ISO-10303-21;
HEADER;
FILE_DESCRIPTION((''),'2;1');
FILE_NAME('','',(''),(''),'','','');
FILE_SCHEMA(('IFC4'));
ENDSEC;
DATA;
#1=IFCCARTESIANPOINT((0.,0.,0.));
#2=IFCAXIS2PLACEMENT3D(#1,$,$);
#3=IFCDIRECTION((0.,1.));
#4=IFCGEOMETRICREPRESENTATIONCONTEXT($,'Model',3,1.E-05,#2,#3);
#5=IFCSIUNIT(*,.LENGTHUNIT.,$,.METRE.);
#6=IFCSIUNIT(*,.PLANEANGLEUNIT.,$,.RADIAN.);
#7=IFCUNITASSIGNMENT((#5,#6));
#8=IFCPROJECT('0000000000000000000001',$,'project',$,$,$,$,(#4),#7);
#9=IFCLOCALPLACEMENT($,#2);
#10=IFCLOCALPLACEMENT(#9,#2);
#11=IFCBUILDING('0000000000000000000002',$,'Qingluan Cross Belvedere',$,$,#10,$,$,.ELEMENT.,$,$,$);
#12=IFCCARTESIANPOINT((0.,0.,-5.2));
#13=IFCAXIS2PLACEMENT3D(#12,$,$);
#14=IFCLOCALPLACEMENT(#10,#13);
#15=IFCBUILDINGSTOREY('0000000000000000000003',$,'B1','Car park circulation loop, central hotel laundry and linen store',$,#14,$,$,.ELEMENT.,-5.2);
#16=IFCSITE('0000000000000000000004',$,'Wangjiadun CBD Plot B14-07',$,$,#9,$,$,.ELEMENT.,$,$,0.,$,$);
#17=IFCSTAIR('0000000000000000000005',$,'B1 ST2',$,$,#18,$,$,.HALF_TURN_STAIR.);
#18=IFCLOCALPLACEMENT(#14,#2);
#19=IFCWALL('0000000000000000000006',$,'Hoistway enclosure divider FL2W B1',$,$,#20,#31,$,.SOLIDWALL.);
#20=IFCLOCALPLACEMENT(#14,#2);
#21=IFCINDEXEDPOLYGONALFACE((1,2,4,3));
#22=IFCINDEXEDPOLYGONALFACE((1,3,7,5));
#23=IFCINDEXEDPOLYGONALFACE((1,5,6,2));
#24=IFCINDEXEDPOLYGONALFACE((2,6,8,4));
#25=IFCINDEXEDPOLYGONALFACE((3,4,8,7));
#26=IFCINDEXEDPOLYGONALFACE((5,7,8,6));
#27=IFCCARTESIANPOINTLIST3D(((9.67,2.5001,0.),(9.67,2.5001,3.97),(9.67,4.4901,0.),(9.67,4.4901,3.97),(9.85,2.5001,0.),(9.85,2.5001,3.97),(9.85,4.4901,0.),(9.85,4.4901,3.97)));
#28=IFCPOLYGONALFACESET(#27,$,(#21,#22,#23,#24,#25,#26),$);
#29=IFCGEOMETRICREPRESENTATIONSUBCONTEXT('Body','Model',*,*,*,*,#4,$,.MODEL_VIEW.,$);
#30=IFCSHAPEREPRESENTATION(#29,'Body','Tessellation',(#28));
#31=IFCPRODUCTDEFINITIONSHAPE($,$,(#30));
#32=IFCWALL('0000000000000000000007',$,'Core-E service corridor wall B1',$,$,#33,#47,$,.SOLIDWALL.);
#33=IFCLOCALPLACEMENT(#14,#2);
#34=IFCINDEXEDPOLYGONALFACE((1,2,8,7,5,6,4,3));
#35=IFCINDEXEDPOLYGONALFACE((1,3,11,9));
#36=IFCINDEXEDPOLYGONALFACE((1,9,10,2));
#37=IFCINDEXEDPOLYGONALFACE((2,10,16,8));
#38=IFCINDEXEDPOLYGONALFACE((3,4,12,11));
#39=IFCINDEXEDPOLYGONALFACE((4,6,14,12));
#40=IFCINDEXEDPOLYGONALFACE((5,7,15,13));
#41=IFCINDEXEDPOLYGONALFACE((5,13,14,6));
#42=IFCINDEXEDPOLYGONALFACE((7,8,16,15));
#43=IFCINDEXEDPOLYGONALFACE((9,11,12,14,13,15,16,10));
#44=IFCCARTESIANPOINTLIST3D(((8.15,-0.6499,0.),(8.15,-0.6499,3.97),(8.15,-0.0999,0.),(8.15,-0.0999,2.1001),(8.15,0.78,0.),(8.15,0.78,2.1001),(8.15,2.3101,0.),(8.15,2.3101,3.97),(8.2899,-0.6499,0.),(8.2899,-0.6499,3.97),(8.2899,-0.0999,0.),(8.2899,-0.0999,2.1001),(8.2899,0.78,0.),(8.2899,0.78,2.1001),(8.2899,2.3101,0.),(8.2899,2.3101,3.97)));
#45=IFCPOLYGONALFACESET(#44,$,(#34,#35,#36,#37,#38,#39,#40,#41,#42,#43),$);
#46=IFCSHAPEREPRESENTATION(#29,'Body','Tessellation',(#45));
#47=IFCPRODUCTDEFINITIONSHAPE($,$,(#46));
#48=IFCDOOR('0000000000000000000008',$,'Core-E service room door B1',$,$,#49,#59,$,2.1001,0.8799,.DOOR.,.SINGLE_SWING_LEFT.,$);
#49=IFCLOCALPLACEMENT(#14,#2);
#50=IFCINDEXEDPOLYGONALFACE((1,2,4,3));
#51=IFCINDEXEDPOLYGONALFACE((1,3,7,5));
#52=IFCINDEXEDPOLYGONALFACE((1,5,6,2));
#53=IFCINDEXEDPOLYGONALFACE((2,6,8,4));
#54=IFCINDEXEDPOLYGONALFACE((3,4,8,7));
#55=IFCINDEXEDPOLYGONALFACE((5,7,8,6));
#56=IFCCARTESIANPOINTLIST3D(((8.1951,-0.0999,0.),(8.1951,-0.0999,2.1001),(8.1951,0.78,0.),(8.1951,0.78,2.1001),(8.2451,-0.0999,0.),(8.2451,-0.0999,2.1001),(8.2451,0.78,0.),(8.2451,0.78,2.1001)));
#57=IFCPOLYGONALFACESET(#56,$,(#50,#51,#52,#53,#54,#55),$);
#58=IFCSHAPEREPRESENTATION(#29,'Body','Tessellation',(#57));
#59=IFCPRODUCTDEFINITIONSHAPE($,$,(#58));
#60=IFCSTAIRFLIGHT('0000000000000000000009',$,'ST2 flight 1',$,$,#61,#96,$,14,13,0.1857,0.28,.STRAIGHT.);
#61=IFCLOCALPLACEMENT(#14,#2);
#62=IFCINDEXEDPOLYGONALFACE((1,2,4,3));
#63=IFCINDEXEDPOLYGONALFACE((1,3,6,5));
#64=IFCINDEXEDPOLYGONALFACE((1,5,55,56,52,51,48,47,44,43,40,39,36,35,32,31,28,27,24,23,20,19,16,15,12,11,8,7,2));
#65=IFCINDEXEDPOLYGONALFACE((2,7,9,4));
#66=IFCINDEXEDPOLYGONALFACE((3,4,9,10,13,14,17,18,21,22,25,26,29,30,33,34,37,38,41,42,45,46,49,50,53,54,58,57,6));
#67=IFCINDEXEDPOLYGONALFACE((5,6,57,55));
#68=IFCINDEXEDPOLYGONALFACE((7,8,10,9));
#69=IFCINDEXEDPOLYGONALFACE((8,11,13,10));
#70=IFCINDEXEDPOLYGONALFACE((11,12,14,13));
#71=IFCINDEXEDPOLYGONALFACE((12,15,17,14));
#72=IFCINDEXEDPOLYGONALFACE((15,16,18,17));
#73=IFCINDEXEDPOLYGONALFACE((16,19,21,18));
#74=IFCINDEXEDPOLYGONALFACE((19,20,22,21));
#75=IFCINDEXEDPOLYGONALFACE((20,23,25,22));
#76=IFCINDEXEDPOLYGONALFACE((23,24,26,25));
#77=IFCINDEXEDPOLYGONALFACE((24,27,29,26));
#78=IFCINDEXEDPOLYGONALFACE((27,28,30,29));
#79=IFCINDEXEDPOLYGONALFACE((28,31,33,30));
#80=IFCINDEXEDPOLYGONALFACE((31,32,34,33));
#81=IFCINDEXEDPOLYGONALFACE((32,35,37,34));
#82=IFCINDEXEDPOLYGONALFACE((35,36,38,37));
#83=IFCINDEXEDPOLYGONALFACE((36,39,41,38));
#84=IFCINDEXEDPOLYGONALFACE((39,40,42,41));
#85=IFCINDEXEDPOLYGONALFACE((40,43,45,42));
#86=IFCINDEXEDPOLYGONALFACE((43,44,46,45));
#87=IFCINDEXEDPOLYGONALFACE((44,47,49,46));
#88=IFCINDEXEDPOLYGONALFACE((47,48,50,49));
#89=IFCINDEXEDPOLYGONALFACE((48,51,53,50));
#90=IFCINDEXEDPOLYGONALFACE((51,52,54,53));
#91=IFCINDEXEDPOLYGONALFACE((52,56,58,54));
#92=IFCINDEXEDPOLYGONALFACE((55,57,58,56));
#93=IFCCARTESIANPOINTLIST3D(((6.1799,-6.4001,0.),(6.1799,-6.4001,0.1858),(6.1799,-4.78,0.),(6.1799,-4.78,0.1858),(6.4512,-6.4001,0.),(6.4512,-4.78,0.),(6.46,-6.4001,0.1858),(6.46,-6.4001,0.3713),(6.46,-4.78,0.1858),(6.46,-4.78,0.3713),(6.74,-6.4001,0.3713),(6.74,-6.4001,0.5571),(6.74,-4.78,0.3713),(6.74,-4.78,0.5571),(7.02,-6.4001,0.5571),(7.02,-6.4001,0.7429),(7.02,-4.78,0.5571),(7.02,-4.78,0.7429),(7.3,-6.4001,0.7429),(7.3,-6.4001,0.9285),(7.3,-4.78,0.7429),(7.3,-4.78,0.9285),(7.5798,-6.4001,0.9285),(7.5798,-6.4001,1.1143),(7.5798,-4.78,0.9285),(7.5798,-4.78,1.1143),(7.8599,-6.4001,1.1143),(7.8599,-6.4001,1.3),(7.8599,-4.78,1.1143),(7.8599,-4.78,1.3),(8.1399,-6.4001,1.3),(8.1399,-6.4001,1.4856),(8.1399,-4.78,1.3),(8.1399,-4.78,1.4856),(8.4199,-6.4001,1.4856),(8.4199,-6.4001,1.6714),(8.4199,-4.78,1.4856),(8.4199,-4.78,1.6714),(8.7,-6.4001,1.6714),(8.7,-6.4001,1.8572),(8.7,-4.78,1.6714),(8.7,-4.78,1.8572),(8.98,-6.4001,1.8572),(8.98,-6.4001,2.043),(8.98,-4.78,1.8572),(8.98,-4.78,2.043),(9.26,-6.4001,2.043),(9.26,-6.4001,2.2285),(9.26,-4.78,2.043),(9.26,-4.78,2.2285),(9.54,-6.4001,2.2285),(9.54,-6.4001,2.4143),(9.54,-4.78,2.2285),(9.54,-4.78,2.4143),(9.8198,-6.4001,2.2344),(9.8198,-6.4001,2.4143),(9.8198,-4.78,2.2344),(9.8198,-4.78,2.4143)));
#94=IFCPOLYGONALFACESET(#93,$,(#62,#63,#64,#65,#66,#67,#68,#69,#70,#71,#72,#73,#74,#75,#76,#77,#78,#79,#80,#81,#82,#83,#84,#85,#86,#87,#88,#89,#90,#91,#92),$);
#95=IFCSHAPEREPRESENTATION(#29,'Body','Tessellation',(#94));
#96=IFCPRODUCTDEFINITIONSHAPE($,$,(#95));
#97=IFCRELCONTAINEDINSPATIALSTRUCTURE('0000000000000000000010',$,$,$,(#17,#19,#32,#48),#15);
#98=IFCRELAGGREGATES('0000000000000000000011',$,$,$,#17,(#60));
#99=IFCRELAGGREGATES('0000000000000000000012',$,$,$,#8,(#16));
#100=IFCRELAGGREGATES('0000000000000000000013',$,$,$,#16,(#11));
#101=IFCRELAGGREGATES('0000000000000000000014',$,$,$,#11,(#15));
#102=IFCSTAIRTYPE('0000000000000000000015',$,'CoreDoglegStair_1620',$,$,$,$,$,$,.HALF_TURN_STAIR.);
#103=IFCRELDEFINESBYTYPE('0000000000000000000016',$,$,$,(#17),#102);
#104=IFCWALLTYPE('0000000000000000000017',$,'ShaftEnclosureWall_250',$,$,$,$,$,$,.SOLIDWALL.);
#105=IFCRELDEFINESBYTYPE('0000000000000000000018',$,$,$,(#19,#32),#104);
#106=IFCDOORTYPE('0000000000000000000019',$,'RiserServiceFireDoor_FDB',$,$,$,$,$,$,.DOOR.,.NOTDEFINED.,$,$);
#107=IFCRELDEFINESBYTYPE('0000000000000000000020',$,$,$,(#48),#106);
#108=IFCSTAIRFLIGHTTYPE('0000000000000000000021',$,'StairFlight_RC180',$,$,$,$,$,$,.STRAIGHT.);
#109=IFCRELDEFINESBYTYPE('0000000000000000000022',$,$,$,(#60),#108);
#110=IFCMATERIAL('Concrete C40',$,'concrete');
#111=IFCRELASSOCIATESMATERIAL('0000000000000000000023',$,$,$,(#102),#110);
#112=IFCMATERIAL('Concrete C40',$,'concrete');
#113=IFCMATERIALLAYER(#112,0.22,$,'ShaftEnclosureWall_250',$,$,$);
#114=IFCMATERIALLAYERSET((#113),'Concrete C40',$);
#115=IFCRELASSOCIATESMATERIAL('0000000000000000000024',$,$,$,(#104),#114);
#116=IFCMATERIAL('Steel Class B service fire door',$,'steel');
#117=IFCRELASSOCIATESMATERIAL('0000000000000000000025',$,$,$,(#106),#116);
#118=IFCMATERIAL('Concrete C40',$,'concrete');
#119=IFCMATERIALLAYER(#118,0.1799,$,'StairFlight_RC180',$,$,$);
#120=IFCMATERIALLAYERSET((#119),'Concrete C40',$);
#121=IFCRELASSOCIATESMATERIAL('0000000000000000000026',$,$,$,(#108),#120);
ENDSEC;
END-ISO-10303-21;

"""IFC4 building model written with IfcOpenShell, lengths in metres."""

from ifc_helpers import new_model, si_unit, direction, frame, frame_2d, origin, place, context, subcontext, project, spatial, polyline, rectangle, outline, extrude, material, layer, layer_set, type_object, element, fill, aggregate, save


model = new_model("IFC4")

# Units and contexts
model_context = context("Model", 3, precision=1e-05, world=origin(), true_north=direction((0.0, 1.0)))
body_context = subcontext(model_context, "Body", "Model", "MODEL_VIEW")
ifc_project = project(units=[si_unit("LENGTHUNIT", "METRE"), si_unit("PLANEANGLEUNIT", "RADIAN")], contexts=[model_context])

# Site, building, storey
site_placement = place(None, origin())
site = spatial("IfcSite", under=ifc_project, at=site_placement, Name="Wangjiadun CBD Plot B14-07", CompositionType="ELEMENT", RefElevation=0.0)
building_placement = place(site_placement, origin())
building = spatial("IfcBuilding", under=site, at=building_placement, Name="Qingluan Cross Belvedere", CompositionType="ELEMENT")
storey_placement = place(building_placement, frame((0.0, 0.0, -5.2)))
storey = spatial("IfcBuildingStorey", under=building, at=storey_placement, Name="B1", Description="Car park circulation loop, central hotel laundry and linen store", CompositionType="ELEMENT", Elevation=-5.2)

# Stair
ifc_material_1 = material(Name="Concrete C40", Category="concrete")
stair_type_1 = type_object("IfcStairType", Name="CoreDoglegStair_1620", PredefinedType="HALF_TURN_STAIR", material=ifc_material_1)
stair_1_placement = place(storey_placement, origin())
stair_1 = element("IfcStair", 1, at=stair_1_placement, inside=storey, type_object=stair_type_1, Name="B1 ST2", PredefinedType="HALF_TURN_STAIR")

# Shared definitions
ifc_material_2 = material(Name="Concrete C40", Category="concrete")
ifc_layer_1 = layer(ifc_material_2, 0.22, Name="ShaftEnclosureWall_250")
ifc_layer_set_1 = layer_set([ifc_layer_1], Name="Concrete C40")
wall_type_1 = type_object("IfcWallType", Name="ShaftEnclosureWall_250", PredefinedType="SOLIDWALL", material=ifc_layer_set_1)

# Wall
for number, where, z_axis, x_axis, name in (
    (2, (9.76, 2.5, 0.0), (0.0, 0.0, 1.0), (0.0, 1.0, 0.0), "Hoistway enclosure divider FL2W B1"),
):
    element("IfcWall", number, at=place(storey_placement, frame(where, z_axis=z_axis, x_axis=x_axis)), inside=storey, type_object=wall_type_1, Name=name, PredefinedType="SOLIDWALL", context=body_context, shape_type="SweptSolid", body=[
        extrude(rectangle(XDim=1.99, YDim=0.1799, at=frame_2d((0.9951, 0.0))), origin(), (0.0, 0.0, 1.0), 3.97),
    ])

# Wall, opening, door
wall_1_placement = place(storey_placement, frame((8.22, -0.6499, 0.0), z_axis=(0.0, 0.0, 1.0), x_axis=(0.0, 1.0, 0.0)))
wall_1 = element("IfcWall", 3, at=wall_1_placement, inside=storey, type_object=wall_type_1, Name="Core-E service corridor wall B1", PredefinedType="SOLIDWALL", context=body_context, shape_type="SweptSolid", body=[
    extrude(rectangle(XDim=2.96, YDim=0.1399, at=frame_2d((1.48, 0.0))), origin(), (0.0, 0.0, 1.0), 3.97),
])
opening_1_placement = place(wall_1_placement, frame((0.55, 0.0, 0.0)))
opening_1 = element("IfcOpeningElement", 4, at=opening_1_placement, cuts=wall_1, PredefinedType="OPENING", context=body_context, shape_type="SweptSolid", body=[
    extrude(rectangle(XDim=0.8799, YDim=2.1001, at=frame_2d((0.4399, 1.05))), frame((0.0, 0.0798, 0.0), z_axis=(0.0, -1.0, 0.0), x_axis=(1.0, 0.0, 0.0)), (0.0, 0.0, 1.0), 0.1599),
])
ifc_material_3 = material(Name="Steel Class B service fire door", Category="steel")
door_type_1 = type_object("IfcDoorType", Name="RiserServiceFireDoor_FDB", OperationType="NOTDEFINED", PredefinedType="DOOR", material=ifc_material_3)
door_1_placement = place(opening_1_placement, origin())
door_1 = element("IfcDoor", 5, at=door_1_placement, inside=storey, type_object=door_type_1, Name="Core-E service room door B1", OperationType="SINGLE_SWING_LEFT", OverallHeight=2.1001, OverallWidth=0.8799, PredefinedType="DOOR", context=body_context, shape_type="SweptSolid", body=[
    extrude(rectangle(XDim=0.8799, YDim=2.1001, at=frame_2d((0.4399, 1.05))), frame((0.0, 0.0249, 0.0), z_axis=(0.0, -1.0, 0.0), x_axis=(1.0, 0.0, 0.0)), (0.0, 0.0, 1.0), 0.05),
])
fill(opening_1, door_1)

# Stair flight
ifc_material_4 = material(Name="Concrete C40", Category="concrete")
ifc_layer_2 = layer(ifc_material_4, 0.1799, Name="StairFlight_RC180")
ifc_layer_set_2 = layer_set([ifc_layer_2], Name="Concrete C40")
stair_flight_type = type_object("IfcStairFlightType", Name="StairFlight_RC180", PredefinedType="STRAIGHT", material=ifc_layer_set_2)
stair_flight_placement = place(storey_placement, frame((6.1799, -5.5901, 0.0), z_axis=(0.0, 0.0, 1.0), x_axis=(1.0, 0.0, 0.0)))
stair_flight = element("IfcStairFlight", 6, at=stair_flight_placement, type_object=stair_flight_type, Name="ST2 flight 1", NumberOfRisers=14, NumberOfTreads=13, PredefinedType="STRAIGHT", RiserHeight=0.1857, TreadLength=0.28, context=body_context, shape_type="SweptSolid", body=[
    extrude(outline(polyline([(0.0, 0.0), (0.0, 0.1858), (0.28, 0.1858), (0.28, 0.3713), (0.5601, 0.3713), (0.5601, 0.5571), (0.8401, 0.5571), (0.8401, 0.7429), (1.1201, 0.7429), (1.1201, 0.9285), (1.3999, 0.9285), (1.3999, 1.1143), (1.6799, 1.1143), (1.6799, 1.3), (1.96, 1.3), (1.96, 1.4856), (2.24, 1.4856), (2.24, 1.6714), (2.52, 1.6714), (2.52, 1.8572), (2.8, 1.8572), (2.8, 2.043), (3.0801, 2.043), (3.0801, 2.2285), (3.3601, 2.2285), (3.3601, 2.4143), (3.6399, 2.4143), (3.6399, 2.6001), (3.6399, 2.2344), (0.2712, 0.0), (0.0, 0.0)])), frame((0.0, 0.8101, 0.0), z_axis=(0.0, -1.0, 0.0), x_axis=(1.0, 0.0, 0.0)), (0.0, 0.0, 1.0), 1.6201),
])
aggregate(stair_1, [stair_flight])

save(model, "model.ifc")
